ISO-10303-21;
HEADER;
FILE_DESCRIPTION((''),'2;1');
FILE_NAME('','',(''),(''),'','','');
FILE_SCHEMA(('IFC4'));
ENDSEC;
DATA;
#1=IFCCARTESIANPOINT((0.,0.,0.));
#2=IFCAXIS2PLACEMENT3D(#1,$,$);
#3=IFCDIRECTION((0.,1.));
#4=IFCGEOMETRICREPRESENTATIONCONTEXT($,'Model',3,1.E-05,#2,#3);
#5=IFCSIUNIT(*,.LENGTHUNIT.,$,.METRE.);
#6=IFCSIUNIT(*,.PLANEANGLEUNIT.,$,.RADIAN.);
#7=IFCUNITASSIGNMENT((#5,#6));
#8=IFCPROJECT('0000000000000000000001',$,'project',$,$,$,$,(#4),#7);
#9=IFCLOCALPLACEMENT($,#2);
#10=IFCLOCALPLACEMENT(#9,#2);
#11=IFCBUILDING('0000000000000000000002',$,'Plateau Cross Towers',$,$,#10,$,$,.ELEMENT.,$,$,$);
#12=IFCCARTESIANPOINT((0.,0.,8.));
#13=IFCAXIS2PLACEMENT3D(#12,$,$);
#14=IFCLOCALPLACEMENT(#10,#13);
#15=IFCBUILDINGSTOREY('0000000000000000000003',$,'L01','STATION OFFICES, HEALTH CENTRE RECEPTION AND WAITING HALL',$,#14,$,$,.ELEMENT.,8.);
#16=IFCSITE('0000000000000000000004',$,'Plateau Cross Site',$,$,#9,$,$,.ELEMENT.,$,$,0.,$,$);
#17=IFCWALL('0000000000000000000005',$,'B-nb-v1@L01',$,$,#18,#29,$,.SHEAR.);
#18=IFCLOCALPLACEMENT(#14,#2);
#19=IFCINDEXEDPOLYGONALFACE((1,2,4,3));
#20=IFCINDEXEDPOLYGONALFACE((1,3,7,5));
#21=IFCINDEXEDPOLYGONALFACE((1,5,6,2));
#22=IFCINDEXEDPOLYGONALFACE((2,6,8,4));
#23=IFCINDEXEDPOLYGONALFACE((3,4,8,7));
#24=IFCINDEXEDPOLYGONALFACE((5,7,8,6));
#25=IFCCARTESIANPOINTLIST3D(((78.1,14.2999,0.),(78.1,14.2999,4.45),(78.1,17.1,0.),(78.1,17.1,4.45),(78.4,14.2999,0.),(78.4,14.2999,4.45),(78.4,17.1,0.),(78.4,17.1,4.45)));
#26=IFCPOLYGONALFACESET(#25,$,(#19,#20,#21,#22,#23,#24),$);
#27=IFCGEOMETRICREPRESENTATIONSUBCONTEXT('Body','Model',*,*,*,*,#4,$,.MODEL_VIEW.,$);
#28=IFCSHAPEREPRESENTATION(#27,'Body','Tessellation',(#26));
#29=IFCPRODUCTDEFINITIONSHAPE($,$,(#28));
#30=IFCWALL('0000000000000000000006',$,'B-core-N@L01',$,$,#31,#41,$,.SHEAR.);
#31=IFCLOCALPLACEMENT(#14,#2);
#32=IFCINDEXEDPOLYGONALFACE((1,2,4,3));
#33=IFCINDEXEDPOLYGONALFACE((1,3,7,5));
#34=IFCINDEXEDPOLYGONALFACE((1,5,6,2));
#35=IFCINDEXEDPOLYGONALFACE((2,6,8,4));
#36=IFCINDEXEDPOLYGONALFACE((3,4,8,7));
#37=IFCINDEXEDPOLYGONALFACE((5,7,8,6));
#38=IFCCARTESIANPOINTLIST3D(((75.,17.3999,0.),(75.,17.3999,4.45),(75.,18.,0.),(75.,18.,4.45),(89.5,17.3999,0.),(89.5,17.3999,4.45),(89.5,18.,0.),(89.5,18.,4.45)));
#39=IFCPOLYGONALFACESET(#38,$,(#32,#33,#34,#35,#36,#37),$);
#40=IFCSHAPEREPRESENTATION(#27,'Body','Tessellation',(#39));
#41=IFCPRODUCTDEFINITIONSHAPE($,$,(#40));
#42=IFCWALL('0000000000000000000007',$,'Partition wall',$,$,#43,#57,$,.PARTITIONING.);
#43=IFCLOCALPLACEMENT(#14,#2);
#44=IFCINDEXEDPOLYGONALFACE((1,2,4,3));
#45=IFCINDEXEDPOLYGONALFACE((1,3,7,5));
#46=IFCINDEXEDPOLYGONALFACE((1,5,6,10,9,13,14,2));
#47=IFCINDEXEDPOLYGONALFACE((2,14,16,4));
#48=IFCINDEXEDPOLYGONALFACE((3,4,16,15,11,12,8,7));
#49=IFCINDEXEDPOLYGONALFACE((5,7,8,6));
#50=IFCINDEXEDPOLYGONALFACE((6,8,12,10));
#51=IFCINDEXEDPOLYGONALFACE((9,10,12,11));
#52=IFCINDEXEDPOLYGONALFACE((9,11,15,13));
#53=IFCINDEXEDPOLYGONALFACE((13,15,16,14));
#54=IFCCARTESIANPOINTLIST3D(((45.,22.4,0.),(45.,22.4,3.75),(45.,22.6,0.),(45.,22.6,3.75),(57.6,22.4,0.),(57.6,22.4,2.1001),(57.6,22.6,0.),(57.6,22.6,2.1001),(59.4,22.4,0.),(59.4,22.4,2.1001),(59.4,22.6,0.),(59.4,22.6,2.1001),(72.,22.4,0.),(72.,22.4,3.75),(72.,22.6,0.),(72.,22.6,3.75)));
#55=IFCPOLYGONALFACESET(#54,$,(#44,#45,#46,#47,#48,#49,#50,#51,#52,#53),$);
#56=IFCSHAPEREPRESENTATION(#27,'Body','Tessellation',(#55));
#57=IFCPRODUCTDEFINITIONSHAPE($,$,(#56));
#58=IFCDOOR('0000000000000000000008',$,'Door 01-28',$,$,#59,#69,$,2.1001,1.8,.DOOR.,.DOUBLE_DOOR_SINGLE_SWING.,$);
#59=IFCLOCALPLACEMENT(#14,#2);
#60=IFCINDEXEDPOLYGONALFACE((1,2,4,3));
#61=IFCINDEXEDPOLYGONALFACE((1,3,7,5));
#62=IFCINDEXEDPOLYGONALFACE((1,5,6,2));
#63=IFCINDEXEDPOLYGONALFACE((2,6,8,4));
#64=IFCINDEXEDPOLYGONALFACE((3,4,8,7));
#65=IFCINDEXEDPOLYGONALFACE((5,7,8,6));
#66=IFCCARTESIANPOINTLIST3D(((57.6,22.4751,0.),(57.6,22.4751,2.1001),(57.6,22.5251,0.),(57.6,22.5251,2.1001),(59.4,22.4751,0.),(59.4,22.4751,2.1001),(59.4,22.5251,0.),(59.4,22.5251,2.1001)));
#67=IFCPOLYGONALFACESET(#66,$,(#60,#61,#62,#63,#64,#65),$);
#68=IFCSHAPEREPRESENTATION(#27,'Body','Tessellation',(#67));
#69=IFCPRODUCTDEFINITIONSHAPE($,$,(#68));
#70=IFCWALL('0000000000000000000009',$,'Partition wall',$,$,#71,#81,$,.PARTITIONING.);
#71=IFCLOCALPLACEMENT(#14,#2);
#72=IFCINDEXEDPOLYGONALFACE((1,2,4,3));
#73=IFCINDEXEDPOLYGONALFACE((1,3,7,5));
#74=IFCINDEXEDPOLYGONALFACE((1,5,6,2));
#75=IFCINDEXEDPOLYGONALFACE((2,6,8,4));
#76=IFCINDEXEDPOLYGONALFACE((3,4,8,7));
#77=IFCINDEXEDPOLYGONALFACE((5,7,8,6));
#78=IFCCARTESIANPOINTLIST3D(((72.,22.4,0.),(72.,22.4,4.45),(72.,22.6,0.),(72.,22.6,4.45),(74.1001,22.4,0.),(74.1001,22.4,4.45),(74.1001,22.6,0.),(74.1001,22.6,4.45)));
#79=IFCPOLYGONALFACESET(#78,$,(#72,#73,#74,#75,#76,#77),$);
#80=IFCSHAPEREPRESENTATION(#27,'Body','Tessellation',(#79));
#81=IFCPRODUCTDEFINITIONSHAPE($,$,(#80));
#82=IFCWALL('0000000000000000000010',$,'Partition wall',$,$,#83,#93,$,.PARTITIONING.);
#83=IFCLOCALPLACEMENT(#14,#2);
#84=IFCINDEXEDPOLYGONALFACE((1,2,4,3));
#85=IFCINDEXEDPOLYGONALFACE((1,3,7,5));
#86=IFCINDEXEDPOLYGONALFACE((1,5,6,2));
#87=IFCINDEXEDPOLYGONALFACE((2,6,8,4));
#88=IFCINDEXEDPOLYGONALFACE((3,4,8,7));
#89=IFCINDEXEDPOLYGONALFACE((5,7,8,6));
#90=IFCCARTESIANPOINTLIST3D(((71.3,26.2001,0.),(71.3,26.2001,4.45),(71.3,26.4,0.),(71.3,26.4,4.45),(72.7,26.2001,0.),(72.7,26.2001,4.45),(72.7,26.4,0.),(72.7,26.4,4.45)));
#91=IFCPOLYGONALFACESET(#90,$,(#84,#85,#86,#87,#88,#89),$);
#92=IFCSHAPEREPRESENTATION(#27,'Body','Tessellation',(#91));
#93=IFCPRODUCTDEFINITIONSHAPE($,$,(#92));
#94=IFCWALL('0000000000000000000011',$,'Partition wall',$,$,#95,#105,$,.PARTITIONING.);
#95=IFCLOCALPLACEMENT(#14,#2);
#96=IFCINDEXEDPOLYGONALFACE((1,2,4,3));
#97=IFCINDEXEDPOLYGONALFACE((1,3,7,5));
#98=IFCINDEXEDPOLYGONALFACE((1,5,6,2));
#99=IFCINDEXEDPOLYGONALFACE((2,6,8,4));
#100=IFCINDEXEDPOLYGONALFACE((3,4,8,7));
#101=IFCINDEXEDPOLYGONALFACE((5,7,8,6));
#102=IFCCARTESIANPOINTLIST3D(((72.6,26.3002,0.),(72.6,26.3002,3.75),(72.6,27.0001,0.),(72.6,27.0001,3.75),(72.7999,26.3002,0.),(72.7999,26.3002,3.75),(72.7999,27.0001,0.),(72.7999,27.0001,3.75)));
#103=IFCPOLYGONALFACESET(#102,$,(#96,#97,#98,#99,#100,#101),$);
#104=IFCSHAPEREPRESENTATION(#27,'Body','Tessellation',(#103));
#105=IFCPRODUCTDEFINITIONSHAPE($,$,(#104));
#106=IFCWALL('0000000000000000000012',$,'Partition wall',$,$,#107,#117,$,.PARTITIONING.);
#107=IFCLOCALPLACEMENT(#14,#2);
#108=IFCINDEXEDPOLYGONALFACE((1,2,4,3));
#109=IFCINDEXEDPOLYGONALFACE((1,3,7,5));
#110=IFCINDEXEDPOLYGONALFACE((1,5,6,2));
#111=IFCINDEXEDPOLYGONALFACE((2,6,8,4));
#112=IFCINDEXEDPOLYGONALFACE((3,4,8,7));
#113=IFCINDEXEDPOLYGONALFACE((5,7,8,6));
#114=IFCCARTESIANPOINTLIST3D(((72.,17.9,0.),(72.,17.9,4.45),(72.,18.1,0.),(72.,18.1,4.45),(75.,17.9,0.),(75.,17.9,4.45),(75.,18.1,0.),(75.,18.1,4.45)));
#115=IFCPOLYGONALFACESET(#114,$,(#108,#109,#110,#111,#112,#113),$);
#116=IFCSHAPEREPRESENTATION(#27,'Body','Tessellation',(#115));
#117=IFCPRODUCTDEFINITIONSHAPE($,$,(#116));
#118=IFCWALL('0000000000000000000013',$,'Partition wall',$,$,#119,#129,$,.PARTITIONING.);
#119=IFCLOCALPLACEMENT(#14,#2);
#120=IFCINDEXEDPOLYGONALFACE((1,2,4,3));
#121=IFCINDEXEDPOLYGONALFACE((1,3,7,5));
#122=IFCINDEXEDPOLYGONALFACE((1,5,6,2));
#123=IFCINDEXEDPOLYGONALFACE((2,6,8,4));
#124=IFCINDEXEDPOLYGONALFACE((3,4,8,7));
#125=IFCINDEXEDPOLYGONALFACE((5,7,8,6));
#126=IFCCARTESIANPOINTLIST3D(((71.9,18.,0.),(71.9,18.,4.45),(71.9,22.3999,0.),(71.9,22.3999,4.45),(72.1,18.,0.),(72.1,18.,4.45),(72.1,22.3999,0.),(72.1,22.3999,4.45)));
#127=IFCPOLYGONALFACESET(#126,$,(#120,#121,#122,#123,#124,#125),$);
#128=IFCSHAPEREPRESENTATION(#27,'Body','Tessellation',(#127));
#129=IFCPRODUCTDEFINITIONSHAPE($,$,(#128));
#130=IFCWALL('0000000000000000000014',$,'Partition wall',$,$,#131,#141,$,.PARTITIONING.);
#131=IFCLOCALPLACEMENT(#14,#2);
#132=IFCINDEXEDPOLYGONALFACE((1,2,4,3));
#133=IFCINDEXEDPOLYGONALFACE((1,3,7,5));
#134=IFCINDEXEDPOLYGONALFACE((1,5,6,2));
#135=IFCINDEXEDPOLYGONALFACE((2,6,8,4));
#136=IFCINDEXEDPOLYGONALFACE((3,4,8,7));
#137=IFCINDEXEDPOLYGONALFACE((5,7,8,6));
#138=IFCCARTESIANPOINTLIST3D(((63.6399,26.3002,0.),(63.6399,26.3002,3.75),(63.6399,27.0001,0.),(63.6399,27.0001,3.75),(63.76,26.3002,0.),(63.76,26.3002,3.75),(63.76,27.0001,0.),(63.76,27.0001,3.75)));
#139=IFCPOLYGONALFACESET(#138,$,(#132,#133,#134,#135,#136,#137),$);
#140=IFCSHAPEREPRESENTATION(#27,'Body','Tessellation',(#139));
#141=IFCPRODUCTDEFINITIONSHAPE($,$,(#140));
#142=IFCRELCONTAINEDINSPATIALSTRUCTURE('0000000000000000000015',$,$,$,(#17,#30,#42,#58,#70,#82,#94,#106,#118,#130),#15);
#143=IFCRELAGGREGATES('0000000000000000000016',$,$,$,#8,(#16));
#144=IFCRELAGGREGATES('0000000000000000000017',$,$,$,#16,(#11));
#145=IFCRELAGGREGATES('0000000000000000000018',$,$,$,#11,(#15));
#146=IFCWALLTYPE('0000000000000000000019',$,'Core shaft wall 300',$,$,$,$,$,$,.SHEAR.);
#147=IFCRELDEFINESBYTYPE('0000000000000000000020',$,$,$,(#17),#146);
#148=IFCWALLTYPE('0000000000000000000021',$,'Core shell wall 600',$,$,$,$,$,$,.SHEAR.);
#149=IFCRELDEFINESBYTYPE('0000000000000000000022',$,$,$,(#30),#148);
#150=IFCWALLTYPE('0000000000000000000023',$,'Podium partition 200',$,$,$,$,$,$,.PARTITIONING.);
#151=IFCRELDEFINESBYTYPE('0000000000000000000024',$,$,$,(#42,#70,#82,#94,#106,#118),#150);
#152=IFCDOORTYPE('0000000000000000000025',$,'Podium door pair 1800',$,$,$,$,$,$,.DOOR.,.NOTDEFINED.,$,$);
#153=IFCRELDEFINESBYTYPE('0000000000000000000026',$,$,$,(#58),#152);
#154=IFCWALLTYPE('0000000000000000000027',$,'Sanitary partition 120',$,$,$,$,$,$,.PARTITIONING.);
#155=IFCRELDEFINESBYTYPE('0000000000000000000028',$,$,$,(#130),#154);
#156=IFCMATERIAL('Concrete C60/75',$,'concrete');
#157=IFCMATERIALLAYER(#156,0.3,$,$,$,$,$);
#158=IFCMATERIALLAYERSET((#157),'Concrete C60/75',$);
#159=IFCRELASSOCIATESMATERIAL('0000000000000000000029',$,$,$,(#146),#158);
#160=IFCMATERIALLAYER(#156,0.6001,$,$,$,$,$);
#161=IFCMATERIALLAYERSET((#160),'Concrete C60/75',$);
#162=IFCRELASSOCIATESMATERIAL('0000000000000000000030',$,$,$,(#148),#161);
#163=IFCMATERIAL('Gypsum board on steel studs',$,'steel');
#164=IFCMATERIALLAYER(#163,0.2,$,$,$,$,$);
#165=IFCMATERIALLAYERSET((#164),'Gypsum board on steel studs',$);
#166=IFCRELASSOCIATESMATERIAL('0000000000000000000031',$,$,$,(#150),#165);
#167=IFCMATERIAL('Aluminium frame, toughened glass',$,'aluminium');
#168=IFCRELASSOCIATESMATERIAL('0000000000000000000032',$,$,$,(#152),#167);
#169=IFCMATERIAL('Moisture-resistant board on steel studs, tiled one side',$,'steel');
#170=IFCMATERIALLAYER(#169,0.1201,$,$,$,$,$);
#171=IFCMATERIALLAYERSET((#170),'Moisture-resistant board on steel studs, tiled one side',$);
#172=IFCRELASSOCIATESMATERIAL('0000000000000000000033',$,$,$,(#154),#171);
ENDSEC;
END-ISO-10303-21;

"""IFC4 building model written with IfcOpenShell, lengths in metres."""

from ifc_helpers import new_model, si_unit, direction, frame, frame_2d, origin, place, context, subcontext, project, spatial, rectangle, extrude, material, layer, layer_set, type_object, element, fill, save


model = new_model("IFC4")

# Units and contexts
model_context = context("Model", 3, precision=1e-05, world=origin(), true_north=direction((0.0, 1.0)))
body_context = subcontext(model_context, "Body", "Model", "MODEL_VIEW")
ifc_project = project(units=[si_unit("LENGTHUNIT", "METRE"), si_unit("PLANEANGLEUNIT", "RADIAN")], contexts=[model_context])

# Site, building, storey
site_placement = place(None, origin())
site = spatial("IfcSite", under=ifc_project, at=site_placement, Name="Plateau Cross Site", CompositionType="ELEMENT", RefElevation=0.0)
building_placement = place(site_placement, origin())
building = spatial("IfcBuilding", under=site, at=building_placement, Name="Plateau Cross Towers", CompositionType="ELEMENT")
storey_placement = place(building_placement, frame((0.0, 0.0, 8.0)))
storey = spatial("IfcBuildingStorey", under=building, at=storey_placement, Name="L01", Description="STATION OFFICES, HEALTH CENTRE RECEPTION AND WAITING HALL", CompositionType="ELEMENT", Elevation=8.0)

# Shared definitions
ifc_material_1 = material(Name="Concrete C60/75", Category="concrete")

# Shared definitions
ifc_layer_1 = layer(ifc_material_1, 0.3)
ifc_layer_set_1 = layer_set([ifc_layer_1], Name="Concrete C60/75")
wall_type_1 = type_object("IfcWallType", Name="Core shaft wall 300", PredefinedType="SHEAR", material=ifc_layer_set_1)

# Walls
for number, where, z_axis, x_axis, name in (
    (1, (78.25, 14.3, 0.0), (0.0, 0.0, 1.0), (0.0, 1.0, 0.0), "B-nb-v1@L01"),
):
    element("IfcWall", number, at=place(storey_placement, frame(where, z_axis=z_axis, x_axis=x_axis)), inside=storey, type_object=wall_type_1, Name=name, PredefinedType="SHEAR", context=body_context, shape_type="SweptSolid", body=[
        extrude(rectangle(XDim=2.8, YDim=0.3, at=frame_2d((1.3999, 0.0))), origin(), (0.0, 0.0, 1.0), 4.45),
    ])
ifc_layer_2 = layer(ifc_material_1, 0.6001)
ifc_layer_set_2 = layer_set([ifc_layer_2], Name="Concrete C60/75")
wall_type_2 = type_object("IfcWallType", Name="Core shell wall 600", PredefinedType="SHEAR", material=ifc_layer_set_2)
wall_1_placement = place(storey_placement, frame((75.0, 17.7, 0.0), z_axis=(0.0, 0.0, 1.0), x_axis=(1.0, 0.0, 0.0)))
element("IfcWall", 2, at=wall_1_placement, inside=storey, type_object=wall_type_2, Name="B-core-N@L01", PredefinedType="SHEAR", context=body_context, shape_type="SweptSolid", body=[
    extrude(rectangle(XDim=14.5, YDim=0.6001, at=frame_2d((7.25, 0.0))), origin(), (0.0, 0.0, 1.0), 4.45),
])

# Wall, opening, door
ifc_material_2 = material(Name="Gypsum board on steel studs", Category="steel")
ifc_layer_3 = layer(ifc_material_2, 0.2)
ifc_layer_set_3 = layer_set([ifc_layer_3], Name="Gypsum board on steel studs")
wall_type_3 = type_object("IfcWallType", Name="Podium partition 200", PredefinedType="PARTITIONING", material=ifc_layer_set_3)
wall_2_placement = place(storey_placement, frame((72.0, 22.5, 0.0), z_axis=(0.0, 0.0, 1.0), x_axis=(-1.0, 0.0, 0.0)))
wall_2 = element("IfcWall", 3, at=wall_2_placement, inside=storey, type_object=wall_type_3, Name="Partition wall", PredefinedType="PARTITIONING", context=body_context, shape_type="SweptSolid", body=[
    extrude(rectangle(XDim=27.0, YDim=0.2, at=frame_2d((13.5, 0.0))), origin(), (0.0, 0.0, 1.0), 3.75),
])
opening_1_placement = place(wall_2_placement, frame((12.6001, 0.0, 0.0)))
opening_1 = element("IfcOpeningElement", 4, at=opening_1_placement, cuts=wall_2, PredefinedType="OPENING", context=body_context, shape_type="SweptSolid", body=[
    extrude(rectangle(XDim=1.8, YDim=2.1001, at=frame_2d((0.8999, 1.05))), frame((0.0, 0.1099, 0.0), z_axis=(0.0, -1.0, 0.0), x_axis=(1.0, 0.0, 0.0)), (0.0, 0.0, 1.0), 0.22),
])
ifc_material_3 = material(Name="Aluminium frame, toughened glass", Category="aluminium")
door_type_1 = type_object("IfcDoorType", Name="Podium door pair 1800", OperationType="NOTDEFINED", PredefinedType="DOOR", material=ifc_material_3)
door_1_placement = place(opening_1_placement, origin())
door_1 = element("IfcDoor", 5, at=door_1_placement, inside=storey, type_object=door_type_1, Name="Door 01-28", OperationType="DOUBLE_DOOR_SINGLE_SWING", OverallHeight=2.1001, OverallWidth=1.8, PredefinedType="DOOR", context=body_context, shape_type="SweptSolid", body=[
    extrude(rectangle(XDim=1.8, YDim=2.1001, at=frame_2d((0.8999, 1.05))), frame((0.0, 0.0249, 0.0), z_axis=(0.0, -1.0, 0.0), x_axis=(1.0, 0.0, 0.0)), (0.0, 0.0, 1.0), 0.05),
])
fill(opening_1, door_1)

# Walls
wall_3_placement = place(storey_placement, frame((74.1001, 22.5, 0.0), z_axis=(0.0, 0.0, 1.0), x_axis=(-1.0, 0.0, 0.0)))
element("IfcWall", 6, at=wall_3_placement, inside=storey, type_object=wall_type_3, Name="Partition wall", PredefinedType="PARTITIONING", context=body_context, shape_type="SweptSolid", body=[
    extrude(rectangle(XDim=2.1001, YDim=0.2, at=frame_2d((1.05, 0.0))), origin(), (0.0, 0.0, 1.0), 4.45),
])
wall_4_placement = place(storey_placement, frame((71.3, 26.3, 0.0), z_axis=(0.0, 0.0, 1.0), x_axis=(1.0, 0.0, 0.0)))
element("IfcWall", 7, at=wall_4_placement, inside=storey, type_object=wall_type_3, Name="Partition wall", PredefinedType="PARTITIONING", context=body_context, shape_type="SweptSolid", body=[
    extrude(rectangle(XDim=1.3999, YDim=0.2, at=frame_2d((0.7, 0.0))), origin(), (0.0, 0.0, 1.0), 4.45),
])
wall_5_placement = place(storey_placement, frame((72.7, 26.3, 0.0), z_axis=(0.0, 0.0, 1.0), x_axis=(0.0, 1.0, 0.0)))
element("IfcWall", 8, at=wall_5_placement, inside=storey, type_object=wall_type_3, Name="Partition wall", PredefinedType="PARTITIONING", context=body_context, shape_type="SweptSolid", body=[
    extrude(rectangle(XDim=0.7, YDim=0.2, at=frame_2d((0.3501, 0.0))), origin(), (0.0, 0.0, 1.0), 3.75),
])
wall_6_placement = place(storey_placement, frame((75.0, 18.0, 0.0), z_axis=(0.0, 0.0, 1.0), x_axis=(-1.0, 0.0, 0.0)))
element("IfcWall", 9, at=wall_6_placement, inside=storey, type_object=wall_type_3, Name="Partition wall", PredefinedType="PARTITIONING", context=body_context, shape_type="SweptSolid", body=[
    extrude(rectangle(XDim=3.0, YDim=0.2, at=frame_2d((1.5, 0.0))), origin(), (0.0, 0.0, 1.0), 4.45),
])
wall_7_placement = place(storey_placement, frame((72.0, 18.0, 0.0), z_axis=(0.0, 0.0, 1.0), x_axis=(0.0, 1.0, 0.0)))
element("IfcWall", 10, at=wall_7_placement, inside=storey, type_object=wall_type_3, Name="Partition wall", PredefinedType="PARTITIONING", context=body_context, shape_type="SweptSolid", body=[
    extrude(rectangle(XDim=4.3999, YDim=0.2, at=frame_2d((2.2, 0.0))), origin(), (0.0, 0.0, 1.0), 4.45),
])
ifc_material_4 = material(Name="Moisture-resistant board on steel studs, tiled one side", Category="steel")
ifc_layer_4 = layer(ifc_material_4, 0.1201)
ifc_layer_set_4 = layer_set([ifc_layer_4], Name="Moisture-resistant board on steel studs, tiled one side")
wall_type_4 = type_object("IfcWallType", Name="Sanitary partition 120", PredefinedType="PARTITIONING", material=ifc_layer_set_4)
wall_8_placement = place(storey_placement, frame((63.7, 26.3, 0.0), z_axis=(0.0, 0.0, 1.0), x_axis=(0.0, 1.0, 0.0)))
element("IfcWall", 11, at=wall_8_placement, inside=storey, type_object=wall_type_4, Name="Partition wall", PredefinedType="PARTITIONING", context=body_context, shape_type="SweptSolid", body=[
    extrude(rectangle(XDim=0.7, YDim=0.1201, at=frame_2d((0.3501, 0.0))), origin(), (0.0, 0.0, 1.0), 3.75),
])

save(model, "model.ifc")
